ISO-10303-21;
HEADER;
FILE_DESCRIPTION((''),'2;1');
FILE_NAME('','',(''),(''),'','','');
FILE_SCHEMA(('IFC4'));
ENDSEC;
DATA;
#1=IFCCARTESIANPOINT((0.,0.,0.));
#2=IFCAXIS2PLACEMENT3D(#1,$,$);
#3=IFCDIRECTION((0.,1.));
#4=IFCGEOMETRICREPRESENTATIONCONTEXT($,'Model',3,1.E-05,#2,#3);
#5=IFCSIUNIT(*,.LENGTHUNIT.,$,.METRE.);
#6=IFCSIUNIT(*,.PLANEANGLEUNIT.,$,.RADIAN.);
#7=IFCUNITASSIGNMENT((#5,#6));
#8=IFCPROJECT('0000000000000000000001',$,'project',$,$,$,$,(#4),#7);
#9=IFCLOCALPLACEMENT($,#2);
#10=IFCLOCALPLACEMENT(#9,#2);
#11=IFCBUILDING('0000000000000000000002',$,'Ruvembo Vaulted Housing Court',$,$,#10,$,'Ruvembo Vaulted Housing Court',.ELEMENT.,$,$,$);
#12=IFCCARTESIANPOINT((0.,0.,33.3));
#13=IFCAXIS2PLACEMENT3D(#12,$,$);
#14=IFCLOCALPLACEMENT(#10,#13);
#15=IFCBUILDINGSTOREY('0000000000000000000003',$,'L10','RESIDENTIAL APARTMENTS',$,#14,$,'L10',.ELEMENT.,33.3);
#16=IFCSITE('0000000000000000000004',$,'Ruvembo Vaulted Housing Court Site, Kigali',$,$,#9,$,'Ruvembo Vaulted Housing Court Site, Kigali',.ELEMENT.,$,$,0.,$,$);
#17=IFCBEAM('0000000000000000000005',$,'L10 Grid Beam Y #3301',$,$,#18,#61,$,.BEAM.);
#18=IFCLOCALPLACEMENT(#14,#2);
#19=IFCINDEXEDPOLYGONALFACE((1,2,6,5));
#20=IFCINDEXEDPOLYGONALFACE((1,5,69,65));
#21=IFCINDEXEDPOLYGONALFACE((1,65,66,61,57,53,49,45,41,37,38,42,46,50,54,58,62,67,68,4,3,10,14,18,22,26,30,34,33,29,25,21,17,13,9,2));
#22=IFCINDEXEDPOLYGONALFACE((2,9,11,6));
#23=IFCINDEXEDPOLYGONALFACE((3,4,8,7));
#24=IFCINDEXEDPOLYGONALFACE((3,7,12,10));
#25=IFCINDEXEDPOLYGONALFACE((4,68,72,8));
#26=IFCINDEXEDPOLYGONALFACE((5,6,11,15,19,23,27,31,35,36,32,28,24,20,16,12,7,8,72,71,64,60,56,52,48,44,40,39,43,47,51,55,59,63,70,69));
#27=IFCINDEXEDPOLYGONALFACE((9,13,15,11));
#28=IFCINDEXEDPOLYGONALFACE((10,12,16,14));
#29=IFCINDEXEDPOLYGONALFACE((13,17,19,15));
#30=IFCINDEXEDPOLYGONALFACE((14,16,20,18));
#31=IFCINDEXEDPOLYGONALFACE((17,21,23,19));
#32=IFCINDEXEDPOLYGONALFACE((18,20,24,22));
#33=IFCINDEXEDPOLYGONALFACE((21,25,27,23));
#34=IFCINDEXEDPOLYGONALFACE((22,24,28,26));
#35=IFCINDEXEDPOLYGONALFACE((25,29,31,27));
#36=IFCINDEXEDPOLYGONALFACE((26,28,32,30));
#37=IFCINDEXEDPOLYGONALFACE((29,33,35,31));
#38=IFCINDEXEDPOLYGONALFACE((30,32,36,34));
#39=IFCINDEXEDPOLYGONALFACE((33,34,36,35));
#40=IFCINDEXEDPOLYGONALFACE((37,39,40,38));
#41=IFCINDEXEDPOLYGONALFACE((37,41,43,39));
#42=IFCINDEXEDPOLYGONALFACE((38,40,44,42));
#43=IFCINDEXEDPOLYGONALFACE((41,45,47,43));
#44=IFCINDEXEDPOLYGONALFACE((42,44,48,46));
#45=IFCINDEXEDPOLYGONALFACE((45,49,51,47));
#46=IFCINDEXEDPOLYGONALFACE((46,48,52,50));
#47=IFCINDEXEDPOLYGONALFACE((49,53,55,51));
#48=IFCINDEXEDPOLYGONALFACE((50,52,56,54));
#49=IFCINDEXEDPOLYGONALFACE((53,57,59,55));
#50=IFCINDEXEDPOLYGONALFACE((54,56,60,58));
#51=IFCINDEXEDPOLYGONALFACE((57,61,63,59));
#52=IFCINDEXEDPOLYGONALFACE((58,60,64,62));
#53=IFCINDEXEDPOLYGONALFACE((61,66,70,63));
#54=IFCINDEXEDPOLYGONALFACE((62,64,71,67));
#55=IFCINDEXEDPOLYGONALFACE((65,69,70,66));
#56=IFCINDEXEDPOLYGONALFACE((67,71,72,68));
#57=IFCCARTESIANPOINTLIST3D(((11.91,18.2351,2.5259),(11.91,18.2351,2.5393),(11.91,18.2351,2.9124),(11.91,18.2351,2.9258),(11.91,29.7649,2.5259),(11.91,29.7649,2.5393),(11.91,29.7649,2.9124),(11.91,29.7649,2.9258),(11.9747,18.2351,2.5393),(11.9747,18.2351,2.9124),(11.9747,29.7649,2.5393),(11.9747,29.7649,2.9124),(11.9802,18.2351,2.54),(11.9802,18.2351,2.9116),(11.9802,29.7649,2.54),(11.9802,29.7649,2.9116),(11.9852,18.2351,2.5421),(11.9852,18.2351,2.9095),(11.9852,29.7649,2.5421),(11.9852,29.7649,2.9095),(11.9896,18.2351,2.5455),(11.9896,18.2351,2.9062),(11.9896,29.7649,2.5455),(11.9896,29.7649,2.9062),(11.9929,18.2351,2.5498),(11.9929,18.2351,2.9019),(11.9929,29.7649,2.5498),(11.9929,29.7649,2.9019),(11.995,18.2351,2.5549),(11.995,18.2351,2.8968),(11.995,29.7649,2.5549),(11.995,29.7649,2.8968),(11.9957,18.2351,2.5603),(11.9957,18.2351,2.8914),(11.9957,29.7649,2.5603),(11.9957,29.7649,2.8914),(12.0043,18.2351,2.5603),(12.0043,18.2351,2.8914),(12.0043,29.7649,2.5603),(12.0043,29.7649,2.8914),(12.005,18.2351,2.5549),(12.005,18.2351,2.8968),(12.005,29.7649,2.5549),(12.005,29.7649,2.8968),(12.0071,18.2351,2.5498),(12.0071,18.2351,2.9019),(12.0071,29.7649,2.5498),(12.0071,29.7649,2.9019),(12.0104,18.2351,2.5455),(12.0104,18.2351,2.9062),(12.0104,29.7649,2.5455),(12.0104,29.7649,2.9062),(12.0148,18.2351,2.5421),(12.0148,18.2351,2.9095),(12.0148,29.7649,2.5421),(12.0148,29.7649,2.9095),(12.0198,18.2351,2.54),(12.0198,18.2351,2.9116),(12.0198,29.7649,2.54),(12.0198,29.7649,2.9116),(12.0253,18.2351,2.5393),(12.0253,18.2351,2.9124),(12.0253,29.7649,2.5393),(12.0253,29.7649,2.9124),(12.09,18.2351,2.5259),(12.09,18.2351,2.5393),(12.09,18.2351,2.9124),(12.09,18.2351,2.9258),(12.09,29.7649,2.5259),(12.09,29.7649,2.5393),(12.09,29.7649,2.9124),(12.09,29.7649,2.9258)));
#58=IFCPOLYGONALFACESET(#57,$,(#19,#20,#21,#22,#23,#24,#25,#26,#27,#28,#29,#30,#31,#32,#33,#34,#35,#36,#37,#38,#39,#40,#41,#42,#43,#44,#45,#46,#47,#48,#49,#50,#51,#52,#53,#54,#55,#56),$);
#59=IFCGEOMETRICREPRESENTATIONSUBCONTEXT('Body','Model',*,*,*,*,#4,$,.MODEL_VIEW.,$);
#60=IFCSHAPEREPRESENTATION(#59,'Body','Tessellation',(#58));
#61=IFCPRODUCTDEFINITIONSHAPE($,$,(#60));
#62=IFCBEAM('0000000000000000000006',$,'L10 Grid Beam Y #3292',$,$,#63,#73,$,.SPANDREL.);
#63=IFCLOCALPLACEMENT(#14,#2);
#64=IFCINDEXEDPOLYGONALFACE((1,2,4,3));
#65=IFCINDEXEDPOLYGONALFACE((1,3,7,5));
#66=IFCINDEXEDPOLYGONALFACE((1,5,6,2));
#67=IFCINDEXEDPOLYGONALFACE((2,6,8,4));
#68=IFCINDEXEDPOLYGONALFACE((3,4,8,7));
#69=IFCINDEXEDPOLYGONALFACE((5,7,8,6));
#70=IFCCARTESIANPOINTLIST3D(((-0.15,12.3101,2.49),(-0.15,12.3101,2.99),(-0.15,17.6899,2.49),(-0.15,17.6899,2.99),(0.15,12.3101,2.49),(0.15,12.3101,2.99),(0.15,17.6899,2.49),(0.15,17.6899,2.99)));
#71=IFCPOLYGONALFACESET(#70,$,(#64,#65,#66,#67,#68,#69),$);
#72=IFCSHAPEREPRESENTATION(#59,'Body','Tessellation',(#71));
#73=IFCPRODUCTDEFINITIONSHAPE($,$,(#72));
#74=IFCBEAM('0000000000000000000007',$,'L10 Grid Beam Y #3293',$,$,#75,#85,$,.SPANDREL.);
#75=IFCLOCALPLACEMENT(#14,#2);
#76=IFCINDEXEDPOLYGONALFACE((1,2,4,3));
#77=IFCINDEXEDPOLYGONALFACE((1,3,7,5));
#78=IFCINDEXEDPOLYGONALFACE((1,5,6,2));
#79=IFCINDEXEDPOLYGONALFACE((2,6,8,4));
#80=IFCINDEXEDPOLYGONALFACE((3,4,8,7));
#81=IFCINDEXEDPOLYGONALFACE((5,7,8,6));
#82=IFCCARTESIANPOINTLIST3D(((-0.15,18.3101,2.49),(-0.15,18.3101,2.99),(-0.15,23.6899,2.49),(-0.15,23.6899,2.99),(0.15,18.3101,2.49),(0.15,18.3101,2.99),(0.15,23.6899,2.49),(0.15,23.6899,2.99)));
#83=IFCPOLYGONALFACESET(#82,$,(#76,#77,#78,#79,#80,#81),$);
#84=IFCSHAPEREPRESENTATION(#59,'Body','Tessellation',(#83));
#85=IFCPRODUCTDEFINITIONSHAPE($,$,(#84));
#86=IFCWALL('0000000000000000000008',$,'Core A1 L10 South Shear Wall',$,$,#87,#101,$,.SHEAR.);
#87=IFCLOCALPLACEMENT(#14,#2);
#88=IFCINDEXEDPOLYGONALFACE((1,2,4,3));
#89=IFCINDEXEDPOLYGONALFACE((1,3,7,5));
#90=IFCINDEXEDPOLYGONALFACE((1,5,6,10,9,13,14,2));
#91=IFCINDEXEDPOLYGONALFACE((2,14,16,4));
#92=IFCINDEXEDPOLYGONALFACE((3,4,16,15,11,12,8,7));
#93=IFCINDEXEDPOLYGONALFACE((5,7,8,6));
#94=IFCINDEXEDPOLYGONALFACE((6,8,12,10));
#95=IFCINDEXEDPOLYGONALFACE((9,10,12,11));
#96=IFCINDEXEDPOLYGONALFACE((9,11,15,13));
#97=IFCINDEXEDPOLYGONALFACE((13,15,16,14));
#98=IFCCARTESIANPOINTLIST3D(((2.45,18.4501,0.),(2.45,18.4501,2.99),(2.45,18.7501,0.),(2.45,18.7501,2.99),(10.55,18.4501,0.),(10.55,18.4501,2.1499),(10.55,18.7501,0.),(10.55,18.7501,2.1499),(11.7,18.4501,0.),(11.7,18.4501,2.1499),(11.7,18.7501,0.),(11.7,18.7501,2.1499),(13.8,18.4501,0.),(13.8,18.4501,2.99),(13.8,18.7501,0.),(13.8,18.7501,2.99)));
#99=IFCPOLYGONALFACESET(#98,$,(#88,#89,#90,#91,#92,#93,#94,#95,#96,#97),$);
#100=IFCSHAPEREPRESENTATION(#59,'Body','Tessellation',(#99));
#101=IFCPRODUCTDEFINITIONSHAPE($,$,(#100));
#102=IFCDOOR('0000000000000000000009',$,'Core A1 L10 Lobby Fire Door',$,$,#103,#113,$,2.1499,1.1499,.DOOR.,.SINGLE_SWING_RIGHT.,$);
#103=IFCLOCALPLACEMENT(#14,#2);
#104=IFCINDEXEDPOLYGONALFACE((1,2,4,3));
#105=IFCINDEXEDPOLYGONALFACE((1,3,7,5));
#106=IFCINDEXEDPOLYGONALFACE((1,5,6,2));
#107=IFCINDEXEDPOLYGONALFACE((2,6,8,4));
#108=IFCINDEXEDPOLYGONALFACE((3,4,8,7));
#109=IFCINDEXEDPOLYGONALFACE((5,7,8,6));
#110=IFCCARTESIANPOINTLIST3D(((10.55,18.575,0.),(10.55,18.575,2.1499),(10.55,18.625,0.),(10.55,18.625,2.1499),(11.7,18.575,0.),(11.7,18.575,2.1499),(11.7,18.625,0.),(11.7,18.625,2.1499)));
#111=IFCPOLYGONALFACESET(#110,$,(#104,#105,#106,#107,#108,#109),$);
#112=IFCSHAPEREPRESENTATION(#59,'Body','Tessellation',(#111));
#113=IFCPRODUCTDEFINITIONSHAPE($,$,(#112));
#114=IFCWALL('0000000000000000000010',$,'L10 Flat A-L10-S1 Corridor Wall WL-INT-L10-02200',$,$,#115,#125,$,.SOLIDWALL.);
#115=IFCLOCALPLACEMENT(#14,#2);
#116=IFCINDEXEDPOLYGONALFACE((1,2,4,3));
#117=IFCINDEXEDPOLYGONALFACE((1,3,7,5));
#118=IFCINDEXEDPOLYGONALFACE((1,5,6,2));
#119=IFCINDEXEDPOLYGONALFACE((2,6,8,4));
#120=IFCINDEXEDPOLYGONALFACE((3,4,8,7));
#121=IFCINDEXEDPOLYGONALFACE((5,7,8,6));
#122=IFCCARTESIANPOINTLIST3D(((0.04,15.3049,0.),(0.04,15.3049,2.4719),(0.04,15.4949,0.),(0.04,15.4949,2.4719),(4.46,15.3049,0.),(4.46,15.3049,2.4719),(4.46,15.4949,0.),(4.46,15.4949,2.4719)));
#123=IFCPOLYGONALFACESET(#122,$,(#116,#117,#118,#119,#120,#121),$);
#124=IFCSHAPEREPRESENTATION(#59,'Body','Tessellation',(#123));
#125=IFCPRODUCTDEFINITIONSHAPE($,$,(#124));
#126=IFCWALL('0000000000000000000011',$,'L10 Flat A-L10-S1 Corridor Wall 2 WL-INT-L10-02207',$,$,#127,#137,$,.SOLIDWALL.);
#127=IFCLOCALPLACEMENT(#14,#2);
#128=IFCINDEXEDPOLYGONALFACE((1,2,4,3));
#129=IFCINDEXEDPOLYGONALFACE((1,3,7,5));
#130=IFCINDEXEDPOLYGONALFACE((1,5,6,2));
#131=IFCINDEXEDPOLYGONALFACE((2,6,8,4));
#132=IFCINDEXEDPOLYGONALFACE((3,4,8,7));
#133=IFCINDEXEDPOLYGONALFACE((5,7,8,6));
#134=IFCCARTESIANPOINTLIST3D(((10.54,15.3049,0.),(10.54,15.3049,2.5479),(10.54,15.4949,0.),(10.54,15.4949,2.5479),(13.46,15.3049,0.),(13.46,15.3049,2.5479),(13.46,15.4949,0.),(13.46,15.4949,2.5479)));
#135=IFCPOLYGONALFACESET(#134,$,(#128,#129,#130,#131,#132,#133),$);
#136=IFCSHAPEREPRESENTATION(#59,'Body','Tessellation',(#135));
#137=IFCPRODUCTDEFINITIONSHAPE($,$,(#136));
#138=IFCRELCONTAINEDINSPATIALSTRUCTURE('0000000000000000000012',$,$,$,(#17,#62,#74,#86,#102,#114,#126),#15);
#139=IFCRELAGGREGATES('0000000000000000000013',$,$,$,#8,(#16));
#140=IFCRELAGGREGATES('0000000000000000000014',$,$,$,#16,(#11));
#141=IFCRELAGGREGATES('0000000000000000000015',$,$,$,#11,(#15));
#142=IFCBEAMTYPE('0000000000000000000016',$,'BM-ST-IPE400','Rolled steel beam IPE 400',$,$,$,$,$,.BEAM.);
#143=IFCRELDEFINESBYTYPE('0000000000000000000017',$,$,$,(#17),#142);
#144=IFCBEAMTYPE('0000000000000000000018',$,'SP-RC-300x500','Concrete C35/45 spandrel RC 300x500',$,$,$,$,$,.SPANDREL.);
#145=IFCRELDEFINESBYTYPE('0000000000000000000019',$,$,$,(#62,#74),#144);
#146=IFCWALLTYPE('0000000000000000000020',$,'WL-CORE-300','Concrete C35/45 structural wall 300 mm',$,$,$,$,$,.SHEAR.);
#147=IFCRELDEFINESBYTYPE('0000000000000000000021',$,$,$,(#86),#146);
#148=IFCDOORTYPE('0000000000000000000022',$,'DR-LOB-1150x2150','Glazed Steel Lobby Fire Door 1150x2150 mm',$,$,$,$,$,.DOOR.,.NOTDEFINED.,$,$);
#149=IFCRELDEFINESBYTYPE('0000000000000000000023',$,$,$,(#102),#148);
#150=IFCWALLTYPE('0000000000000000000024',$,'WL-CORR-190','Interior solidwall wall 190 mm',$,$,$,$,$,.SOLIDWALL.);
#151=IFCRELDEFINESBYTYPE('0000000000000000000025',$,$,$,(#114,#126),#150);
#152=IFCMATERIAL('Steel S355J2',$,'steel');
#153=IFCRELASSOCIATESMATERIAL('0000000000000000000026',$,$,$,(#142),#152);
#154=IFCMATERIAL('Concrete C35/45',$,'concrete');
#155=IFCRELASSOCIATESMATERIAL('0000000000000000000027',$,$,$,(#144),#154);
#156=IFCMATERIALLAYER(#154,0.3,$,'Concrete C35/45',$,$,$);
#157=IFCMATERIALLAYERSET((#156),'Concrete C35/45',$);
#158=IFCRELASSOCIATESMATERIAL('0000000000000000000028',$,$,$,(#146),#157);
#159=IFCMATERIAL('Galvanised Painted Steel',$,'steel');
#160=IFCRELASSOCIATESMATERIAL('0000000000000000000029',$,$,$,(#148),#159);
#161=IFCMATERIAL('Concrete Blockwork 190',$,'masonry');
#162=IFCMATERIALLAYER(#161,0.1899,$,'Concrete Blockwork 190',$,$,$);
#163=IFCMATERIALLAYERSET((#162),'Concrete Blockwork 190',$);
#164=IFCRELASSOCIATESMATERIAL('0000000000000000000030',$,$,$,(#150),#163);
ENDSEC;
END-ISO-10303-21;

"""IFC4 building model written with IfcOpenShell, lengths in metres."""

from ifc_helpers import new_model, si_unit, direction, frame, frame_2d, origin, origin_2d, place, context, subcontext, project, spatial, rectangle, i_section, extrude, material, layer, layer_set, material_profile, profile_set, type_object, element, fill, save


model = new_model("IFC4")

# Units and contexts
model_context = context("Model", 3, precision=1e-05, world=origin(), true_north=direction((0.0, 1.0)))
body_context = subcontext(model_context, "Body", "Model", "MODEL_VIEW")
ifc_project = project(units=[si_unit("LENGTHUNIT", "METRE"), si_unit("PLANEANGLEUNIT", "RADIAN")], contexts=[model_context])

# Site, building, storey
site_placement = place(None, origin())
site = spatial("IfcSite", under=ifc_project, at=site_placement, Name="Ruvembo Vaulted Housing Court Site, Kigali", LongName="Ruvembo Vaulted Housing Court Site, Kigali", CompositionType="ELEMENT", RefElevation=0.0)
building_placement = place(site_placement, origin())
building = spatial("IfcBuilding", under=site, at=building_placement, Name="Ruvembo Vaulted Housing Court", LongName="Ruvembo Vaulted Housing Court", CompositionType="ELEMENT")
storey_placement = place(building_placement, frame((0.0, 0.0, 33.3)))
storey = spatial("IfcBuildingStorey", under=building, at=storey_placement, Name="L10", Description="RESIDENTIAL APARTMENTS", LongName="L10", CompositionType="ELEMENT", Elevation=33.3)

# Shared definitions
ifc_material_1 = material(Name="Concrete C35/45", Category="concrete")

# Beams
ifc_material_2 = material(Name="Steel S355J2", Category="steel")
ifc_material_profile_1 = material_profile(ifc_material_2, i_section(OverallWidth=0.1799, OverallDepth=0.3999, WebThickness=0.0085, FlangeThickness=0.0134, FilletRadius=0.021, at=origin_2d()), Name="IPE 400")
ifc_profile_set_1 = profile_set([ifc_material_profile_1], Name="Steel S355J2")
beam_type_1 = type_object("IfcBeamType", Name="BM-ST-IPE400", Description="Rolled steel beam IPE 400", PredefinedType="BEAM", material=ifc_profile_set_1)
beam_1_placement = place(storey_placement, frame((12.0, 18.2351, 2.7258), z_axis=(0.0, 1.0, 0.0), x_axis=(-1.0, 0.0, 0.0)))
element("IfcBeam", 1, at=beam_1_placement, inside=storey, type_object=beam_type_1, Name="L10 Grid Beam Y #3301", PredefinedType="BEAM", context=body_context, shape_type="SweptSolid", body=[
    extrude(i_section(OverallWidth=0.1799, OverallDepth=0.3999, WebThickness=0.0085, FlangeThickness=0.0134, FilletRadius=0.021, at=origin_2d()), origin(), (0.0, 0.0, 1.0), 11.5298),
])
ifc_material_profile_2 = material_profile(ifc_material_1, rectangle(XDim=0.3, YDim=0.5, at=origin_2d()), Name="RC 300x500")
ifc_profile_set_2 = profile_set([ifc_material_profile_2], Name="Concrete C35/45")
beam_type_2 = type_object("IfcBeamType", Name="SP-RC-300x500", Description="Concrete C35/45 spandrel RC 300x500", PredefinedType="SPANDREL", material=ifc_profile_set_2)
for number, where, z_axis, x_axis, name in (
    (2, (0.0, 12.3101, 2.74), (0.0, 1.0, 0.0), (-1.0, 0.0, 0.0), "L10 Grid Beam Y #3292"),
    (3, (0.0, 18.3101, 2.74), (0.0, 1.0, 0.0), (-1.0, 0.0, 0.0), "L10 Grid Beam Y #3293"),
):
    element("IfcBeam", number, at=place(storey_placement, frame(where, z_axis=z_axis, x_axis=x_axis)), inside=storey, type_object=beam_type_2, Name=name, PredefinedType="SPANDREL", context=body_context, shape_type="SweptSolid", body=[
        extrude(rectangle(XDim=0.3, YDim=0.5, at=origin_2d()), origin(), (0.0, 0.0, 1.0), 5.3799),
    ])

# Wall, opening, door
ifc_layer_1 = layer(ifc_material_1, 0.3, Name="Concrete C35/45")
ifc_layer_set_1 = layer_set([ifc_layer_1], Name="Concrete C35/45")
wall_type_1 = type_object("IfcWallType", Name="WL-CORE-300", Description="Concrete C35/45 structural wall 300 mm", PredefinedType="SHEAR", material=ifc_layer_set_1)
wall_1_placement = place(storey_placement, frame((2.45, 18.6001, 0.0), z_axis=(0.0, 0.0, 1.0), x_axis=(1.0, 0.0, 0.0)))
wall_1 = element("IfcWall", 4, at=wall_1_placement, inside=storey, type_object=wall_type_1, Name="Core A1 L10 South Shear Wall", PredefinedType="SHEAR", context=body_context, shape_type="SweptSolid", body=[
    extrude(rectangle(XDim=11.3501, YDim=0.3, at=frame_2d((5.675, 0.0))), origin(), (0.0, 0.0, 1.0), 2.99),
])
opening_1_placement = place(wall_1_placement, frame((8.1001, 0.0, 0.0)))
opening_1 = element("IfcOpeningElement", 5, at=opening_1_placement, cuts=wall_1, PredefinedType="OPENING", context=body_context, shape_type="SweptSolid", body=[
    extrude(rectangle(XDim=1.1499, YDim=2.1499, at=frame_2d((0.575, 1.075))), frame((0.0, 0.1599, 0.0), z_axis=(0.0, -1.0, 0.0), x_axis=(1.0, 0.0, 0.0)), (0.0, 0.0, 1.0), 0.3201),
])
ifc_material_3 = material(Name="Galvanised Painted Steel", Category="steel")
door_type_1 = type_object("IfcDoorType", Name="DR-LOB-1150x2150", Description="Glazed Steel Lobby Fire Door 1150x2150 mm", OperationType="NOTDEFINED", PredefinedType="DOOR", material=ifc_material_3)
door_1_placement = place(opening_1_placement, origin())
door_1 = element("IfcDoor", 6, at=door_1_placement, inside=storey, type_object=door_type_1, Name="Core A1 L10 Lobby Fire Door", OperationType="SINGLE_SWING_RIGHT", OverallHeight=2.1499, OverallWidth=1.1499, PredefinedType="DOOR", context=body_context, shape_type="SweptSolid", body=[
    extrude(rectangle(XDim=1.1499, YDim=2.1499, at=frame_2d((0.575, 1.075))), frame((0.0, 0.0249, 0.0), z_axis=(0.0, -1.0, 0.0), x_axis=(1.0, 0.0, 0.0)), (0.0, 0.0, 1.0), 0.05),
])
fill(opening_1, door_1)

# Wall
ifc_material_4 = material(Name="Concrete Blockwork 190", Category="masonry")
ifc_layer_2 = layer(ifc_material_4, 0.1899, Name="Concrete Blockwork 190")
ifc_layer_set_2 = layer_set([ifc_layer_2], Name="Concrete Blockwork 190")
wall_type_2 = type_object("IfcWallType", Name="WL-CORR-190", Description="Interior solidwall wall 190 mm", PredefinedType="SOLIDWALL", material=ifc_layer_set_2)
wall_2_placement = place(storey_placement, frame((0.04, 15.3999, 0.0), z_axis=(0.0, 0.0, 1.0), x_axis=(1.0, 0.0, 0.0)))
element("IfcWall", 7, at=wall_2_placement, inside=storey, type_object=wall_type_2, Name="L10 Flat A-L10-S1 Corridor Wall WL-INT-L10-02200", PredefinedType="SOLIDWALL", context=body_context, shape_type="SweptSolid", body=[
    extrude(rectangle(XDim=4.4199, YDim=0.1899, at=frame_2d((2.21, 0.0))), origin(), (0.0, 0.0, 1.0), 2.4719),
])

# Wall
wall_3_placement = place(storey_placement, frame((10.54, 15.3999, 0.0), z_axis=(0.0, 0.0, 1.0), x_axis=(1.0, 0.0, 0.0)))
element("IfcWall", 8, at=wall_3_placement, inside=storey, type_object=wall_type_2, Name="L10 Flat A-L10-S1 Corridor Wall 2 WL-INT-L10-02207", PredefinedType="SOLIDWALL", context=body_context, shape_type="SweptSolid", body=[
    extrude(rectangle(XDim=2.9199, YDim=0.1899, at=frame_2d((1.46, 0.0))), origin(), (0.0, 0.0, 1.0), 2.5479),
])

save(model, "model.ifc")
